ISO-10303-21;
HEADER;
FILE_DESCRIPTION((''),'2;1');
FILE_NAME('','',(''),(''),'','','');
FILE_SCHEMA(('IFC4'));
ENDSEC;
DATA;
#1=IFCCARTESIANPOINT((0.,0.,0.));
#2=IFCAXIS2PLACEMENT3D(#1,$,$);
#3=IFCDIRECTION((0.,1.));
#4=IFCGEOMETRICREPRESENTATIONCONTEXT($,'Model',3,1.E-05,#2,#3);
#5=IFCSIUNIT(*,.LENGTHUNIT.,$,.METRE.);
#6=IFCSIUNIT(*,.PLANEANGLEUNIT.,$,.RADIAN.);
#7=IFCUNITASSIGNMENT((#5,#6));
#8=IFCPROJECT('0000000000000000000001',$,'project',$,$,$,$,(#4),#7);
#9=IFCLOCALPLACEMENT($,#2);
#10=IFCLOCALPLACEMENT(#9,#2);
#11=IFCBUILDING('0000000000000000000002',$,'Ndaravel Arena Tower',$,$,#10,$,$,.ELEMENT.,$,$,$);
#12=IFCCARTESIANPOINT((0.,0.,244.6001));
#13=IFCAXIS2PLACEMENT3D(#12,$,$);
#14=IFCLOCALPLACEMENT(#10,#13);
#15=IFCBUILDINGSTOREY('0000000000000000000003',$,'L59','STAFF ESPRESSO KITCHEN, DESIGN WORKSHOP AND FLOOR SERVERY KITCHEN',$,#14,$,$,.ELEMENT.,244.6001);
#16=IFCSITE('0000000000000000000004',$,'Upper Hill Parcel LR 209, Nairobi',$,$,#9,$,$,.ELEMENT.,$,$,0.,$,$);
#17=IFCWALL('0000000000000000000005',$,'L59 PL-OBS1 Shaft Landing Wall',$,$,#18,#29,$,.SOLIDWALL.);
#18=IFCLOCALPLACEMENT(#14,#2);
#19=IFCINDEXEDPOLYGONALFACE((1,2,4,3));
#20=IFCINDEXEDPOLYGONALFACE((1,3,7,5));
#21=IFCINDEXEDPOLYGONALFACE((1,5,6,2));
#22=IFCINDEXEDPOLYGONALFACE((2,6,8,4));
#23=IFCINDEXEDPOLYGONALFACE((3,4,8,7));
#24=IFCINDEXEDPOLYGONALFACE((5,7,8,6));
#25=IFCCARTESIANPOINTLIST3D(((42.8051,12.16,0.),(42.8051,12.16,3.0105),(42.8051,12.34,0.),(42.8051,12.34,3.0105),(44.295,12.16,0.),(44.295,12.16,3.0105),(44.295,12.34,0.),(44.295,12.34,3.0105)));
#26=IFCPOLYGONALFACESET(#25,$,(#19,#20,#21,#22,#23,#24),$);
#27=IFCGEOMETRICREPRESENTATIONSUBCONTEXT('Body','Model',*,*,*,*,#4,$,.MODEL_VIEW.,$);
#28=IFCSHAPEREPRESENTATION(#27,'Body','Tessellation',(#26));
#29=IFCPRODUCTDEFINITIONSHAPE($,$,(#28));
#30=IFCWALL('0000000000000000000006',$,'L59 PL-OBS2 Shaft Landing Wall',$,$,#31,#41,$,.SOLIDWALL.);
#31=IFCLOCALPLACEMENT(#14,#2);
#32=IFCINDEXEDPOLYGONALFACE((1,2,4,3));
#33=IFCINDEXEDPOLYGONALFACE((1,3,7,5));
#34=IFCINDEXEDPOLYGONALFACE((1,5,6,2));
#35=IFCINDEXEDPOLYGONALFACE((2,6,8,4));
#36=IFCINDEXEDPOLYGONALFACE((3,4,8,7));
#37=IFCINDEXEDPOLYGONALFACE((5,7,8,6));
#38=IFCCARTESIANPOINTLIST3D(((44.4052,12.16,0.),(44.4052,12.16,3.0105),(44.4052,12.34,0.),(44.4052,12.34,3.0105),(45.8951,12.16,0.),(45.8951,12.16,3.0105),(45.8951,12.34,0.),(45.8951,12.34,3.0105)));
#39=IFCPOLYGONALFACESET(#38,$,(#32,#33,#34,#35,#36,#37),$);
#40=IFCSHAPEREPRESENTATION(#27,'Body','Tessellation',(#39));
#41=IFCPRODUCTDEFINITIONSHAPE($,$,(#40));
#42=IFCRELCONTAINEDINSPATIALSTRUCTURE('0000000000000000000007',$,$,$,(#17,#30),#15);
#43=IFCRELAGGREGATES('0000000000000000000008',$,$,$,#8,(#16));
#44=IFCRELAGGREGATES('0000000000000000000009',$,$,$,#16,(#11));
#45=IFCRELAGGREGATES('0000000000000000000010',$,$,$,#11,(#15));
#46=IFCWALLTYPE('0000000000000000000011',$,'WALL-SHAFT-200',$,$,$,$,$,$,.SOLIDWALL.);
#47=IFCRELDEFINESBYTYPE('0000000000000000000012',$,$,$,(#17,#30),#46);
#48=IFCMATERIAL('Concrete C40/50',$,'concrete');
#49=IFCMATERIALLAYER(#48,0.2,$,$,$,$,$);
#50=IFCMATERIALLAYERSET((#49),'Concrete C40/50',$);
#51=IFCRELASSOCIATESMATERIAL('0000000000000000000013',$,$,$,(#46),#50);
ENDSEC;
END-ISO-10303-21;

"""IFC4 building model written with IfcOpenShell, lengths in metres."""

from ifc_helpers import new_model, si_unit, direction, frame, frame_2d, origin, place, context, subcontext, project, spatial, rectangle, extrude, material, layer, layer_set, type_object, element, save


model = new_model("IFC4")

# Units and contexts
model_context = context("Model", 3, precision=1e-05, world=origin(), true_north=direction((0.0, 1.0)))
body_context = subcontext(model_context, "Body", "Model", "MODEL_VIEW")
ifc_project = project(units=[si_unit("LENGTHUNIT", "METRE"), si_unit("PLANEANGLEUNIT", "RADIAN")], contexts=[model_context])

# Site, building, storey
site_placement = place(None, origin())
site = spatial("IfcSite", under=ifc_project, at=site_placement, Name="Upper Hill Parcel LR 209, Nairobi", CompositionType="ELEMENT", RefElevation=0.0)
building_placement = place(site_placement, origin())
building = spatial("IfcBuilding", under=site, at=building_placement, Name="Ndaravel Arena Tower", CompositionType="ELEMENT")
storey_placement = place(building_placement, frame((0.0, 0.0, 244.6001)))
storey = spatial("IfcBuildingStorey", under=building, at=storey_placement, Name="L59", Description="STAFF ESPRESSO KITCHEN, DESIGN WORKSHOP AND FLOOR SERVERY KITCHEN", CompositionType="ELEMENT", Elevation=244.6001)

# Shared definitions
ifc_material_1 = material(Name="Concrete C40/50", Category="concrete")
ifc_layer_1 = layer(ifc_material_1, 0.2)
ifc_layer_set_1 = layer_set([ifc_layer_1], Name="Concrete C40/50")
wall_type_1 = type_object("IfcWallType", Name="WALL-SHAFT-200", PredefinedType="SOLIDWALL", material=ifc_layer_set_1)

# Walls
for number, where, z_axis, x_axis, name in (
    (1, (42.8049, 12.25, 0.0), (0.0, 0.0, 1.0), (1.0, 0.0, 0.0), "L59 PL-OBS1 Shaft Landing Wall"),
    (2, (44.405, 12.25, 0.0), (0.0, 0.0, 1.0), (1.0, 0.0, 0.0), "L59 PL-OBS2 Shaft Landing Wall"),
):
    element("IfcWall", number, at=place(storey_placement, frame(where, z_axis=z_axis, x_axis=x_axis)), inside=storey, type_object=wall_type_1, Name=name, PredefinedType="SOLIDWALL", context=body_context, shape_type="SweptSolid", body=[
        extrude(rectangle(XDim=1.49, YDim=0.1799, at=frame_2d((0.7451, 0.0))), origin(), (0.0, 0.0, 1.0), 3.0105),
    ])

save(model, "model.ifc")
